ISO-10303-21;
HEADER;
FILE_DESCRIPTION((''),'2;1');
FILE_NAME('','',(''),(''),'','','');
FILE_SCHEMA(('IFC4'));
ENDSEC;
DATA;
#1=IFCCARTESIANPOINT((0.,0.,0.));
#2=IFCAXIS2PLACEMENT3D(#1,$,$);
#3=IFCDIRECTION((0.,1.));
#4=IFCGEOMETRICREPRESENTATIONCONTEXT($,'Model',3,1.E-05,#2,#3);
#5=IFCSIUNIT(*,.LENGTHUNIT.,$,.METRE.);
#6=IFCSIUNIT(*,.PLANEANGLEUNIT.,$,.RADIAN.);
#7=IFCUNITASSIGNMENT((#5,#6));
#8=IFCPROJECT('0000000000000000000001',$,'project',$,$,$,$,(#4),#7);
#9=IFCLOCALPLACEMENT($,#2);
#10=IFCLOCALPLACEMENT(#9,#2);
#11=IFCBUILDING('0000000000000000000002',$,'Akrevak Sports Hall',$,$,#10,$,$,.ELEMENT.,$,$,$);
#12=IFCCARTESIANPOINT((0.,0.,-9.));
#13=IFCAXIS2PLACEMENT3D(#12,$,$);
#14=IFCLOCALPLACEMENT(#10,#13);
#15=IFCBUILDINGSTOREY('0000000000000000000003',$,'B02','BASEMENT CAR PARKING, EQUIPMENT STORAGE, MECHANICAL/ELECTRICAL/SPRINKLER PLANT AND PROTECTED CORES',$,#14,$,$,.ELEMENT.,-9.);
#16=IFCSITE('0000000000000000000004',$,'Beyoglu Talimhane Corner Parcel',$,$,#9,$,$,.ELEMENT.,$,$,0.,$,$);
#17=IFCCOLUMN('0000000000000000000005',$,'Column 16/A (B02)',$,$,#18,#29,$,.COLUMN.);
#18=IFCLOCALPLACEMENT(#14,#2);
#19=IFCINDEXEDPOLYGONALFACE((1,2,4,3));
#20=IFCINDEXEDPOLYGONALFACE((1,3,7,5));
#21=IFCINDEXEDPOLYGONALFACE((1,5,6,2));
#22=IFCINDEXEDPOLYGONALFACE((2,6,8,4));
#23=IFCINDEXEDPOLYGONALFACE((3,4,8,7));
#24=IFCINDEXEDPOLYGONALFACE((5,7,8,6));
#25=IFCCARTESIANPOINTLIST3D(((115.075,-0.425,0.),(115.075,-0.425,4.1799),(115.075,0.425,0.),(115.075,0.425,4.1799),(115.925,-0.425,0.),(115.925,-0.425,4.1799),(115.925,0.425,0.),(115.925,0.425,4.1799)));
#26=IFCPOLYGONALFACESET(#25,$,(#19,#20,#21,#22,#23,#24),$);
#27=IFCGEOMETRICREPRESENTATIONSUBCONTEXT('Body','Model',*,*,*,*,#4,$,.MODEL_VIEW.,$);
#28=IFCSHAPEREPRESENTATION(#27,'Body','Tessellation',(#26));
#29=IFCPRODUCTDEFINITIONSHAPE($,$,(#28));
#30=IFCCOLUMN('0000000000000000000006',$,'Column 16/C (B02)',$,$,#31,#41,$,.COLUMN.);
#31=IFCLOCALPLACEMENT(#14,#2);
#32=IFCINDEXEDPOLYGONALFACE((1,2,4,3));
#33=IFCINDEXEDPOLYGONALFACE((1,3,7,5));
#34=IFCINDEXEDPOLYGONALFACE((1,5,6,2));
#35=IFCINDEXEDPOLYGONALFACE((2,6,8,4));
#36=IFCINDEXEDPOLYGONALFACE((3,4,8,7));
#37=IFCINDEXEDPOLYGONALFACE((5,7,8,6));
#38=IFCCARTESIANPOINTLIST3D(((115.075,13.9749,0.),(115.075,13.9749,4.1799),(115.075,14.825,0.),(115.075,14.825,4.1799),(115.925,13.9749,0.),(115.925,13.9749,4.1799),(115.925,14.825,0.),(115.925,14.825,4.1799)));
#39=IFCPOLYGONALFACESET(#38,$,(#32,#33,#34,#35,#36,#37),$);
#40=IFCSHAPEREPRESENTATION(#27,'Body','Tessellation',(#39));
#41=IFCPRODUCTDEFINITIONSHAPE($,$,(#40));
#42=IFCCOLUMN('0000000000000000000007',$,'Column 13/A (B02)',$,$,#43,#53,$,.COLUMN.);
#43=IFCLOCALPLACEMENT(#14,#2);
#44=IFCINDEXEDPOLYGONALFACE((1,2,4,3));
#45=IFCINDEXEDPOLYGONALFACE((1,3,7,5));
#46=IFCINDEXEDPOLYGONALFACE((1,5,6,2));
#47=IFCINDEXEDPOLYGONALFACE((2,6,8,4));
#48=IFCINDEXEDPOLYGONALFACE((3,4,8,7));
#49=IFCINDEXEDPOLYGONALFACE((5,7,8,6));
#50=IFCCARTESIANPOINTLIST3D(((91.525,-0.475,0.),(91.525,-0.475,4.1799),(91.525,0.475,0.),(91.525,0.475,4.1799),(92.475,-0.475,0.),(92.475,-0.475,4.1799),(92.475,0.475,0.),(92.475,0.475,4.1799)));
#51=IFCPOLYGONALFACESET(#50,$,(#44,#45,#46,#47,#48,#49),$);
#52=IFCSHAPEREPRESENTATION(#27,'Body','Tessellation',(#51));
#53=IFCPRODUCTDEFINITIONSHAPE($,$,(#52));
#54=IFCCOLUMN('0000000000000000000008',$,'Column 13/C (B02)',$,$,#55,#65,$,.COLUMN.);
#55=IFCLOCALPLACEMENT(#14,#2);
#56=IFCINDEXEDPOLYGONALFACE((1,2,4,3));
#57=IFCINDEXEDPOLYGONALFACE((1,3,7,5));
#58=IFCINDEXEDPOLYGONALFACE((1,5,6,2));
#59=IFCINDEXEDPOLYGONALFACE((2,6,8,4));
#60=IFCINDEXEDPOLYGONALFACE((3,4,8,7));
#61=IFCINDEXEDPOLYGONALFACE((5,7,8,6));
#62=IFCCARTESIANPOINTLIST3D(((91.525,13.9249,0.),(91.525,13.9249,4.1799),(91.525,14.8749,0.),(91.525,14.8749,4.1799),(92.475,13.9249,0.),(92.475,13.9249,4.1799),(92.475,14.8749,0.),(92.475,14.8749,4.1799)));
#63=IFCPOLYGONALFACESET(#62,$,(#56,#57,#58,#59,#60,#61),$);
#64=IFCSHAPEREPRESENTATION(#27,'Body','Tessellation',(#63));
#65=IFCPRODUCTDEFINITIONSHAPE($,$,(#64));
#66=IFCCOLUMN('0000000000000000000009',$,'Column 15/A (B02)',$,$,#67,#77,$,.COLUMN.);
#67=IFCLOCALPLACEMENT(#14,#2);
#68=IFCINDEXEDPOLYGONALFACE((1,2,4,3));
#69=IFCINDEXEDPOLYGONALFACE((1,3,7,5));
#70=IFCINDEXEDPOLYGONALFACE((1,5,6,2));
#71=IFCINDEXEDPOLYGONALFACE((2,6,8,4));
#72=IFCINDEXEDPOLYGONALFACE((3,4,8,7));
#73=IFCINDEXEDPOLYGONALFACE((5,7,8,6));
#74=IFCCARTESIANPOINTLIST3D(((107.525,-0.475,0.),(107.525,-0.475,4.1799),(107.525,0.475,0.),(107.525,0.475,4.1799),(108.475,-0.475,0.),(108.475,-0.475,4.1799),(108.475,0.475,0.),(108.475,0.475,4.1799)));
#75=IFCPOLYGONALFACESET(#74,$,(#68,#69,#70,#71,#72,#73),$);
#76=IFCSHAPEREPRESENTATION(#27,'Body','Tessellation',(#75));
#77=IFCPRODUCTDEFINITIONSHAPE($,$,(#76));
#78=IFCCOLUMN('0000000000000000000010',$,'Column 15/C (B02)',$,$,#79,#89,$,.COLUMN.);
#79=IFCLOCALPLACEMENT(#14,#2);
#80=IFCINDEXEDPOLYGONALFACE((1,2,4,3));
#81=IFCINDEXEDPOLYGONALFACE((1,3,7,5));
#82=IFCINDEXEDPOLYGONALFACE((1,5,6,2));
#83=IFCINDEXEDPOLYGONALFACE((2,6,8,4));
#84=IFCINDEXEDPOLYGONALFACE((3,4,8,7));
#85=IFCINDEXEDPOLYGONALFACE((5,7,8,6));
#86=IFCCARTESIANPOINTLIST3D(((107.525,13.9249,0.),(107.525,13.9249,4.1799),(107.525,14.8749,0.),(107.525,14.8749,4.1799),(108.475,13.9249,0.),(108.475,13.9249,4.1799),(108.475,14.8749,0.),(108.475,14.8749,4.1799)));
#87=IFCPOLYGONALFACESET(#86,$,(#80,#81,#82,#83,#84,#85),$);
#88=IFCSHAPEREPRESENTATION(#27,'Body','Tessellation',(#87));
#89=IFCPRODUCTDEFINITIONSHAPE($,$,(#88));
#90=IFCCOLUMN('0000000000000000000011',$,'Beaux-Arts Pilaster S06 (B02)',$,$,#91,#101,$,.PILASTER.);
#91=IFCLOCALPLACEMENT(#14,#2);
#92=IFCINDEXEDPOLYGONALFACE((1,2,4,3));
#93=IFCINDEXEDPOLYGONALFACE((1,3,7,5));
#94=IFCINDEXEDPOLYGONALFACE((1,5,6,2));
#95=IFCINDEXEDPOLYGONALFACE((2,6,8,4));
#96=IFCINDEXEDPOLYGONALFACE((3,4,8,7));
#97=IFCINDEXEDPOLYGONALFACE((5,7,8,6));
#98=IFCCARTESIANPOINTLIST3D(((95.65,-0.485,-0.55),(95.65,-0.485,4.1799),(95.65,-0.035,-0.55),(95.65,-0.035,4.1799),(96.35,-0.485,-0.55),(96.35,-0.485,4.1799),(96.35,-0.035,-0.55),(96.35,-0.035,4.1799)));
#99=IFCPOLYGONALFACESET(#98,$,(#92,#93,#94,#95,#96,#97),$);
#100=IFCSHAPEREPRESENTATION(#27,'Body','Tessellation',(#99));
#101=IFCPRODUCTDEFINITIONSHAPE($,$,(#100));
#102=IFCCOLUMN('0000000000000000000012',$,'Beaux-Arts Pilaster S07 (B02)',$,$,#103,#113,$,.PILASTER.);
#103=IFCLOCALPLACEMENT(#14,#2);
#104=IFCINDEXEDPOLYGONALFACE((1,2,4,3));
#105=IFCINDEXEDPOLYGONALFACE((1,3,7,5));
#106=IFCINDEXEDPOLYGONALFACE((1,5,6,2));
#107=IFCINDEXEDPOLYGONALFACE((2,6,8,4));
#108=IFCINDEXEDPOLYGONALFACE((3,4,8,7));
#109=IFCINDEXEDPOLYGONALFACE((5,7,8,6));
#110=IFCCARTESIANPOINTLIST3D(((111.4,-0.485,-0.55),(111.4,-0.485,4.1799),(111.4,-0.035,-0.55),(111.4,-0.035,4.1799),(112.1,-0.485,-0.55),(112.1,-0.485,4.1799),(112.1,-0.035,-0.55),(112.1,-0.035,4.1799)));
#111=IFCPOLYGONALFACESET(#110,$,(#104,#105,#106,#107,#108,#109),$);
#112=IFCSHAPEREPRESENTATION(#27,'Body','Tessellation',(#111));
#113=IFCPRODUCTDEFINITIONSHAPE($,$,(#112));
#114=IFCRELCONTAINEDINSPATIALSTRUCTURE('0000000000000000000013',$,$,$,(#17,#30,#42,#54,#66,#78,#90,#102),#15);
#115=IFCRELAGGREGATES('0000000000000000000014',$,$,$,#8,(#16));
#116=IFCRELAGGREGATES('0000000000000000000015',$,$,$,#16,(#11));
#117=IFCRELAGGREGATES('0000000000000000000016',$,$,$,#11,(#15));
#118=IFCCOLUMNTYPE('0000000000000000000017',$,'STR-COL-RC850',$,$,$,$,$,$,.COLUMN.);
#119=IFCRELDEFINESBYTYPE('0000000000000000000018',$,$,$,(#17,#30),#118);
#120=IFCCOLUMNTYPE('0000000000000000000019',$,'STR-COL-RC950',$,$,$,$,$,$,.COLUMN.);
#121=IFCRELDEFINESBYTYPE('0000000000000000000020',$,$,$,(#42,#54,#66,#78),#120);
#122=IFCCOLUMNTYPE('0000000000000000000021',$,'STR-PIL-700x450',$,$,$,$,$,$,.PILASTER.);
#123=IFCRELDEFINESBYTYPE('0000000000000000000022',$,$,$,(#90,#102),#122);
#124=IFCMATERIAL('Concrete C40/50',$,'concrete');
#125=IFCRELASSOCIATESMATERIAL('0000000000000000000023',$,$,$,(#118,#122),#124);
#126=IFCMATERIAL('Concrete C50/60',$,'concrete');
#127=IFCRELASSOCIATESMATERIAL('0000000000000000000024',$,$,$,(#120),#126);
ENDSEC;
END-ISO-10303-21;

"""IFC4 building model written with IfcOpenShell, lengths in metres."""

from ifc_helpers import new_model, si_unit, direction, frame, origin, origin_2d, place, context, subcontext, project, spatial, rectangle, extrude, material, material_profile, profile_set, type_object, element, save


model = new_model("IFC4")

# Units and contexts
model_context = context("Model", 3, precision=1e-05, world=origin(), true_north=direction((0.0, 1.0)))
body_context = subcontext(model_context, "Body", "Model", "MODEL_VIEW")
ifc_project = project(units=[si_unit("LENGTHUNIT", "METRE"), si_unit("PLANEANGLEUNIT", "RADIAN")], contexts=[model_context])

# Site, building, storey
site_placement = place(None, origin())
site = spatial("IfcSite", under=ifc_project, at=site_placement, Name="Beyoglu Talimhane Corner Parcel", CompositionType="ELEMENT", RefElevation=0.0)
building_placement = place(site_placement, origin())
building = spatial("IfcBuilding", under=site, at=building_placement, Name="Akrevak Sports Hall", CompositionType="ELEMENT")
storey_placement = place(building_placement, frame((0.0, 0.0, -9.0)))
storey = spatial("IfcBuildingStorey", under=building, at=storey_placement, Name="B02", Description="BASEMENT CAR PARKING, EQUIPMENT STORAGE, MECHANICAL/ELECTRICAL/SPRINKLER PLANT AND PROTECTED CORES", CompositionType="ELEMENT", Elevation=-9.0)

# Shared definitions
ifc_material_1 = material(Name="Concrete C40/50", Category="concrete")

# Columns
ifc_material_2 = material(Name="Concrete C50/60", Category="concrete")
ifc_material_profile_1 = material_profile(ifc_material_1, rectangle(XDim=0.8501, YDim=0.8501, at=origin_2d()), Name="RC 850x850", Category="concrete")
ifc_profile_set_1 = profile_set([ifc_material_profile_1], Name="Concrete C40/50")
column_type_1 = type_object("IfcColumnType", Name="STR-COL-RC850", PredefinedType="COLUMN", material=ifc_profile_set_1)
for number, where, z_axis, x_axis, name in (
    (1, (115.5, 0.0, 0.0), (0.0, 0.0, 1.0), (1.0, 0.0, 0.0), "Column 16/A (B02)"),
    (2, (115.5, 14.3999, 0.0), (0.0, 0.0, 1.0), (1.0, 0.0, 0.0), "Column 16/C (B02)"),
):
    element("IfcColumn", number, at=place(storey_placement, frame(where, z_axis=z_axis, x_axis=x_axis)), inside=storey, type_object=column_type_1, Name=name, PredefinedType="COLUMN", context=body_context, shape_type="SweptSolid", body=[
        extrude(rectangle(XDim=0.8501, YDim=0.8501, at=origin_2d()), origin(), (0.0, 0.0, 1.0), 4.1799),
    ])
ifc_material_profile_2 = material_profile(ifc_material_2, rectangle(XDim=0.95, YDim=0.95, at=origin_2d()), Name="RC 950x950", Category="concrete")
ifc_profile_set_2 = profile_set([ifc_material_profile_2], Name="Concrete C50/60")
column_type_2 = type_object("IfcColumnType", Name="STR-COL-RC950", PredefinedType="COLUMN", material=ifc_profile_set_2)
for number, where, z_axis, x_axis, name in (
    (3, (92.0, 0.0, 0.0), (0.0, 0.0, 1.0), (1.0, 0.0, 0.0), "Column 13/A (B02)"),
    (4, (92.0, 14.3999, 0.0), (0.0, 0.0, 1.0), (1.0, 0.0, 0.0), "Column 13/C (B02)"),
    (5, (108.0, 0.0, 0.0), (0.0, 0.0, 1.0), (1.0, 0.0, 0.0), "Column 15/A (B02)"),
    (6, (108.0, 14.3999, 0.0), (0.0, 0.0, 1.0), (1.0, 0.0, 0.0), "Column 15/C (B02)"),
):
    element("IfcColumn", number, at=place(storey_placement, frame(where, z_axis=z_axis, x_axis=x_axis)), inside=storey, type_object=column_type_2, Name=name, PredefinedType="COLUMN", context=body_context, shape_type="SweptSolid", body=[
        extrude(rectangle(XDim=0.95, YDim=0.95, at=origin_2d()), origin(), (0.0, 0.0, 1.0), 4.1799),
    ])
ifc_material_profile_3 = material_profile(ifc_material_1, rectangle(XDim=0.7, YDim=0.45, at=origin_2d()), Name="PIL 700x450", Category="concrete")
ifc_profile_set_3 = profile_set([ifc_material_profile_3], Name="Concrete C40/50")
column_type_3 = type_object("IfcColumnType", Name="STR-PIL-700x450", PredefinedType="PILASTER", material=ifc_profile_set_3)
for number, where, z_axis, x_axis, name in (
    (7, (96.0, -0.26, -0.55), (0.0, 0.0, 1.0), (1.0, 0.0, 0.0), "Beaux-Arts Pilaster S06 (B02)"),
    (8, (111.75, -0.26, -0.55), (0.0, 0.0, 1.0), (1.0, 0.0, 0.0), "Beaux-Arts Pilaster S07 (B02)"),
):
    element("IfcColumn", number, at=place(storey_placement, frame(where, z_axis=z_axis, x_axis=x_axis)), inside=storey, type_object=column_type_3, Name=name, PredefinedType="PILASTER", context=body_context, shape_type="SweptSolid", body=[
        extrude(rectangle(XDim=0.7, YDim=0.45, at=origin_2d()), origin(), (0.0, 0.0, 1.0), 4.73),
    ])

save(model, "model.ifc")
